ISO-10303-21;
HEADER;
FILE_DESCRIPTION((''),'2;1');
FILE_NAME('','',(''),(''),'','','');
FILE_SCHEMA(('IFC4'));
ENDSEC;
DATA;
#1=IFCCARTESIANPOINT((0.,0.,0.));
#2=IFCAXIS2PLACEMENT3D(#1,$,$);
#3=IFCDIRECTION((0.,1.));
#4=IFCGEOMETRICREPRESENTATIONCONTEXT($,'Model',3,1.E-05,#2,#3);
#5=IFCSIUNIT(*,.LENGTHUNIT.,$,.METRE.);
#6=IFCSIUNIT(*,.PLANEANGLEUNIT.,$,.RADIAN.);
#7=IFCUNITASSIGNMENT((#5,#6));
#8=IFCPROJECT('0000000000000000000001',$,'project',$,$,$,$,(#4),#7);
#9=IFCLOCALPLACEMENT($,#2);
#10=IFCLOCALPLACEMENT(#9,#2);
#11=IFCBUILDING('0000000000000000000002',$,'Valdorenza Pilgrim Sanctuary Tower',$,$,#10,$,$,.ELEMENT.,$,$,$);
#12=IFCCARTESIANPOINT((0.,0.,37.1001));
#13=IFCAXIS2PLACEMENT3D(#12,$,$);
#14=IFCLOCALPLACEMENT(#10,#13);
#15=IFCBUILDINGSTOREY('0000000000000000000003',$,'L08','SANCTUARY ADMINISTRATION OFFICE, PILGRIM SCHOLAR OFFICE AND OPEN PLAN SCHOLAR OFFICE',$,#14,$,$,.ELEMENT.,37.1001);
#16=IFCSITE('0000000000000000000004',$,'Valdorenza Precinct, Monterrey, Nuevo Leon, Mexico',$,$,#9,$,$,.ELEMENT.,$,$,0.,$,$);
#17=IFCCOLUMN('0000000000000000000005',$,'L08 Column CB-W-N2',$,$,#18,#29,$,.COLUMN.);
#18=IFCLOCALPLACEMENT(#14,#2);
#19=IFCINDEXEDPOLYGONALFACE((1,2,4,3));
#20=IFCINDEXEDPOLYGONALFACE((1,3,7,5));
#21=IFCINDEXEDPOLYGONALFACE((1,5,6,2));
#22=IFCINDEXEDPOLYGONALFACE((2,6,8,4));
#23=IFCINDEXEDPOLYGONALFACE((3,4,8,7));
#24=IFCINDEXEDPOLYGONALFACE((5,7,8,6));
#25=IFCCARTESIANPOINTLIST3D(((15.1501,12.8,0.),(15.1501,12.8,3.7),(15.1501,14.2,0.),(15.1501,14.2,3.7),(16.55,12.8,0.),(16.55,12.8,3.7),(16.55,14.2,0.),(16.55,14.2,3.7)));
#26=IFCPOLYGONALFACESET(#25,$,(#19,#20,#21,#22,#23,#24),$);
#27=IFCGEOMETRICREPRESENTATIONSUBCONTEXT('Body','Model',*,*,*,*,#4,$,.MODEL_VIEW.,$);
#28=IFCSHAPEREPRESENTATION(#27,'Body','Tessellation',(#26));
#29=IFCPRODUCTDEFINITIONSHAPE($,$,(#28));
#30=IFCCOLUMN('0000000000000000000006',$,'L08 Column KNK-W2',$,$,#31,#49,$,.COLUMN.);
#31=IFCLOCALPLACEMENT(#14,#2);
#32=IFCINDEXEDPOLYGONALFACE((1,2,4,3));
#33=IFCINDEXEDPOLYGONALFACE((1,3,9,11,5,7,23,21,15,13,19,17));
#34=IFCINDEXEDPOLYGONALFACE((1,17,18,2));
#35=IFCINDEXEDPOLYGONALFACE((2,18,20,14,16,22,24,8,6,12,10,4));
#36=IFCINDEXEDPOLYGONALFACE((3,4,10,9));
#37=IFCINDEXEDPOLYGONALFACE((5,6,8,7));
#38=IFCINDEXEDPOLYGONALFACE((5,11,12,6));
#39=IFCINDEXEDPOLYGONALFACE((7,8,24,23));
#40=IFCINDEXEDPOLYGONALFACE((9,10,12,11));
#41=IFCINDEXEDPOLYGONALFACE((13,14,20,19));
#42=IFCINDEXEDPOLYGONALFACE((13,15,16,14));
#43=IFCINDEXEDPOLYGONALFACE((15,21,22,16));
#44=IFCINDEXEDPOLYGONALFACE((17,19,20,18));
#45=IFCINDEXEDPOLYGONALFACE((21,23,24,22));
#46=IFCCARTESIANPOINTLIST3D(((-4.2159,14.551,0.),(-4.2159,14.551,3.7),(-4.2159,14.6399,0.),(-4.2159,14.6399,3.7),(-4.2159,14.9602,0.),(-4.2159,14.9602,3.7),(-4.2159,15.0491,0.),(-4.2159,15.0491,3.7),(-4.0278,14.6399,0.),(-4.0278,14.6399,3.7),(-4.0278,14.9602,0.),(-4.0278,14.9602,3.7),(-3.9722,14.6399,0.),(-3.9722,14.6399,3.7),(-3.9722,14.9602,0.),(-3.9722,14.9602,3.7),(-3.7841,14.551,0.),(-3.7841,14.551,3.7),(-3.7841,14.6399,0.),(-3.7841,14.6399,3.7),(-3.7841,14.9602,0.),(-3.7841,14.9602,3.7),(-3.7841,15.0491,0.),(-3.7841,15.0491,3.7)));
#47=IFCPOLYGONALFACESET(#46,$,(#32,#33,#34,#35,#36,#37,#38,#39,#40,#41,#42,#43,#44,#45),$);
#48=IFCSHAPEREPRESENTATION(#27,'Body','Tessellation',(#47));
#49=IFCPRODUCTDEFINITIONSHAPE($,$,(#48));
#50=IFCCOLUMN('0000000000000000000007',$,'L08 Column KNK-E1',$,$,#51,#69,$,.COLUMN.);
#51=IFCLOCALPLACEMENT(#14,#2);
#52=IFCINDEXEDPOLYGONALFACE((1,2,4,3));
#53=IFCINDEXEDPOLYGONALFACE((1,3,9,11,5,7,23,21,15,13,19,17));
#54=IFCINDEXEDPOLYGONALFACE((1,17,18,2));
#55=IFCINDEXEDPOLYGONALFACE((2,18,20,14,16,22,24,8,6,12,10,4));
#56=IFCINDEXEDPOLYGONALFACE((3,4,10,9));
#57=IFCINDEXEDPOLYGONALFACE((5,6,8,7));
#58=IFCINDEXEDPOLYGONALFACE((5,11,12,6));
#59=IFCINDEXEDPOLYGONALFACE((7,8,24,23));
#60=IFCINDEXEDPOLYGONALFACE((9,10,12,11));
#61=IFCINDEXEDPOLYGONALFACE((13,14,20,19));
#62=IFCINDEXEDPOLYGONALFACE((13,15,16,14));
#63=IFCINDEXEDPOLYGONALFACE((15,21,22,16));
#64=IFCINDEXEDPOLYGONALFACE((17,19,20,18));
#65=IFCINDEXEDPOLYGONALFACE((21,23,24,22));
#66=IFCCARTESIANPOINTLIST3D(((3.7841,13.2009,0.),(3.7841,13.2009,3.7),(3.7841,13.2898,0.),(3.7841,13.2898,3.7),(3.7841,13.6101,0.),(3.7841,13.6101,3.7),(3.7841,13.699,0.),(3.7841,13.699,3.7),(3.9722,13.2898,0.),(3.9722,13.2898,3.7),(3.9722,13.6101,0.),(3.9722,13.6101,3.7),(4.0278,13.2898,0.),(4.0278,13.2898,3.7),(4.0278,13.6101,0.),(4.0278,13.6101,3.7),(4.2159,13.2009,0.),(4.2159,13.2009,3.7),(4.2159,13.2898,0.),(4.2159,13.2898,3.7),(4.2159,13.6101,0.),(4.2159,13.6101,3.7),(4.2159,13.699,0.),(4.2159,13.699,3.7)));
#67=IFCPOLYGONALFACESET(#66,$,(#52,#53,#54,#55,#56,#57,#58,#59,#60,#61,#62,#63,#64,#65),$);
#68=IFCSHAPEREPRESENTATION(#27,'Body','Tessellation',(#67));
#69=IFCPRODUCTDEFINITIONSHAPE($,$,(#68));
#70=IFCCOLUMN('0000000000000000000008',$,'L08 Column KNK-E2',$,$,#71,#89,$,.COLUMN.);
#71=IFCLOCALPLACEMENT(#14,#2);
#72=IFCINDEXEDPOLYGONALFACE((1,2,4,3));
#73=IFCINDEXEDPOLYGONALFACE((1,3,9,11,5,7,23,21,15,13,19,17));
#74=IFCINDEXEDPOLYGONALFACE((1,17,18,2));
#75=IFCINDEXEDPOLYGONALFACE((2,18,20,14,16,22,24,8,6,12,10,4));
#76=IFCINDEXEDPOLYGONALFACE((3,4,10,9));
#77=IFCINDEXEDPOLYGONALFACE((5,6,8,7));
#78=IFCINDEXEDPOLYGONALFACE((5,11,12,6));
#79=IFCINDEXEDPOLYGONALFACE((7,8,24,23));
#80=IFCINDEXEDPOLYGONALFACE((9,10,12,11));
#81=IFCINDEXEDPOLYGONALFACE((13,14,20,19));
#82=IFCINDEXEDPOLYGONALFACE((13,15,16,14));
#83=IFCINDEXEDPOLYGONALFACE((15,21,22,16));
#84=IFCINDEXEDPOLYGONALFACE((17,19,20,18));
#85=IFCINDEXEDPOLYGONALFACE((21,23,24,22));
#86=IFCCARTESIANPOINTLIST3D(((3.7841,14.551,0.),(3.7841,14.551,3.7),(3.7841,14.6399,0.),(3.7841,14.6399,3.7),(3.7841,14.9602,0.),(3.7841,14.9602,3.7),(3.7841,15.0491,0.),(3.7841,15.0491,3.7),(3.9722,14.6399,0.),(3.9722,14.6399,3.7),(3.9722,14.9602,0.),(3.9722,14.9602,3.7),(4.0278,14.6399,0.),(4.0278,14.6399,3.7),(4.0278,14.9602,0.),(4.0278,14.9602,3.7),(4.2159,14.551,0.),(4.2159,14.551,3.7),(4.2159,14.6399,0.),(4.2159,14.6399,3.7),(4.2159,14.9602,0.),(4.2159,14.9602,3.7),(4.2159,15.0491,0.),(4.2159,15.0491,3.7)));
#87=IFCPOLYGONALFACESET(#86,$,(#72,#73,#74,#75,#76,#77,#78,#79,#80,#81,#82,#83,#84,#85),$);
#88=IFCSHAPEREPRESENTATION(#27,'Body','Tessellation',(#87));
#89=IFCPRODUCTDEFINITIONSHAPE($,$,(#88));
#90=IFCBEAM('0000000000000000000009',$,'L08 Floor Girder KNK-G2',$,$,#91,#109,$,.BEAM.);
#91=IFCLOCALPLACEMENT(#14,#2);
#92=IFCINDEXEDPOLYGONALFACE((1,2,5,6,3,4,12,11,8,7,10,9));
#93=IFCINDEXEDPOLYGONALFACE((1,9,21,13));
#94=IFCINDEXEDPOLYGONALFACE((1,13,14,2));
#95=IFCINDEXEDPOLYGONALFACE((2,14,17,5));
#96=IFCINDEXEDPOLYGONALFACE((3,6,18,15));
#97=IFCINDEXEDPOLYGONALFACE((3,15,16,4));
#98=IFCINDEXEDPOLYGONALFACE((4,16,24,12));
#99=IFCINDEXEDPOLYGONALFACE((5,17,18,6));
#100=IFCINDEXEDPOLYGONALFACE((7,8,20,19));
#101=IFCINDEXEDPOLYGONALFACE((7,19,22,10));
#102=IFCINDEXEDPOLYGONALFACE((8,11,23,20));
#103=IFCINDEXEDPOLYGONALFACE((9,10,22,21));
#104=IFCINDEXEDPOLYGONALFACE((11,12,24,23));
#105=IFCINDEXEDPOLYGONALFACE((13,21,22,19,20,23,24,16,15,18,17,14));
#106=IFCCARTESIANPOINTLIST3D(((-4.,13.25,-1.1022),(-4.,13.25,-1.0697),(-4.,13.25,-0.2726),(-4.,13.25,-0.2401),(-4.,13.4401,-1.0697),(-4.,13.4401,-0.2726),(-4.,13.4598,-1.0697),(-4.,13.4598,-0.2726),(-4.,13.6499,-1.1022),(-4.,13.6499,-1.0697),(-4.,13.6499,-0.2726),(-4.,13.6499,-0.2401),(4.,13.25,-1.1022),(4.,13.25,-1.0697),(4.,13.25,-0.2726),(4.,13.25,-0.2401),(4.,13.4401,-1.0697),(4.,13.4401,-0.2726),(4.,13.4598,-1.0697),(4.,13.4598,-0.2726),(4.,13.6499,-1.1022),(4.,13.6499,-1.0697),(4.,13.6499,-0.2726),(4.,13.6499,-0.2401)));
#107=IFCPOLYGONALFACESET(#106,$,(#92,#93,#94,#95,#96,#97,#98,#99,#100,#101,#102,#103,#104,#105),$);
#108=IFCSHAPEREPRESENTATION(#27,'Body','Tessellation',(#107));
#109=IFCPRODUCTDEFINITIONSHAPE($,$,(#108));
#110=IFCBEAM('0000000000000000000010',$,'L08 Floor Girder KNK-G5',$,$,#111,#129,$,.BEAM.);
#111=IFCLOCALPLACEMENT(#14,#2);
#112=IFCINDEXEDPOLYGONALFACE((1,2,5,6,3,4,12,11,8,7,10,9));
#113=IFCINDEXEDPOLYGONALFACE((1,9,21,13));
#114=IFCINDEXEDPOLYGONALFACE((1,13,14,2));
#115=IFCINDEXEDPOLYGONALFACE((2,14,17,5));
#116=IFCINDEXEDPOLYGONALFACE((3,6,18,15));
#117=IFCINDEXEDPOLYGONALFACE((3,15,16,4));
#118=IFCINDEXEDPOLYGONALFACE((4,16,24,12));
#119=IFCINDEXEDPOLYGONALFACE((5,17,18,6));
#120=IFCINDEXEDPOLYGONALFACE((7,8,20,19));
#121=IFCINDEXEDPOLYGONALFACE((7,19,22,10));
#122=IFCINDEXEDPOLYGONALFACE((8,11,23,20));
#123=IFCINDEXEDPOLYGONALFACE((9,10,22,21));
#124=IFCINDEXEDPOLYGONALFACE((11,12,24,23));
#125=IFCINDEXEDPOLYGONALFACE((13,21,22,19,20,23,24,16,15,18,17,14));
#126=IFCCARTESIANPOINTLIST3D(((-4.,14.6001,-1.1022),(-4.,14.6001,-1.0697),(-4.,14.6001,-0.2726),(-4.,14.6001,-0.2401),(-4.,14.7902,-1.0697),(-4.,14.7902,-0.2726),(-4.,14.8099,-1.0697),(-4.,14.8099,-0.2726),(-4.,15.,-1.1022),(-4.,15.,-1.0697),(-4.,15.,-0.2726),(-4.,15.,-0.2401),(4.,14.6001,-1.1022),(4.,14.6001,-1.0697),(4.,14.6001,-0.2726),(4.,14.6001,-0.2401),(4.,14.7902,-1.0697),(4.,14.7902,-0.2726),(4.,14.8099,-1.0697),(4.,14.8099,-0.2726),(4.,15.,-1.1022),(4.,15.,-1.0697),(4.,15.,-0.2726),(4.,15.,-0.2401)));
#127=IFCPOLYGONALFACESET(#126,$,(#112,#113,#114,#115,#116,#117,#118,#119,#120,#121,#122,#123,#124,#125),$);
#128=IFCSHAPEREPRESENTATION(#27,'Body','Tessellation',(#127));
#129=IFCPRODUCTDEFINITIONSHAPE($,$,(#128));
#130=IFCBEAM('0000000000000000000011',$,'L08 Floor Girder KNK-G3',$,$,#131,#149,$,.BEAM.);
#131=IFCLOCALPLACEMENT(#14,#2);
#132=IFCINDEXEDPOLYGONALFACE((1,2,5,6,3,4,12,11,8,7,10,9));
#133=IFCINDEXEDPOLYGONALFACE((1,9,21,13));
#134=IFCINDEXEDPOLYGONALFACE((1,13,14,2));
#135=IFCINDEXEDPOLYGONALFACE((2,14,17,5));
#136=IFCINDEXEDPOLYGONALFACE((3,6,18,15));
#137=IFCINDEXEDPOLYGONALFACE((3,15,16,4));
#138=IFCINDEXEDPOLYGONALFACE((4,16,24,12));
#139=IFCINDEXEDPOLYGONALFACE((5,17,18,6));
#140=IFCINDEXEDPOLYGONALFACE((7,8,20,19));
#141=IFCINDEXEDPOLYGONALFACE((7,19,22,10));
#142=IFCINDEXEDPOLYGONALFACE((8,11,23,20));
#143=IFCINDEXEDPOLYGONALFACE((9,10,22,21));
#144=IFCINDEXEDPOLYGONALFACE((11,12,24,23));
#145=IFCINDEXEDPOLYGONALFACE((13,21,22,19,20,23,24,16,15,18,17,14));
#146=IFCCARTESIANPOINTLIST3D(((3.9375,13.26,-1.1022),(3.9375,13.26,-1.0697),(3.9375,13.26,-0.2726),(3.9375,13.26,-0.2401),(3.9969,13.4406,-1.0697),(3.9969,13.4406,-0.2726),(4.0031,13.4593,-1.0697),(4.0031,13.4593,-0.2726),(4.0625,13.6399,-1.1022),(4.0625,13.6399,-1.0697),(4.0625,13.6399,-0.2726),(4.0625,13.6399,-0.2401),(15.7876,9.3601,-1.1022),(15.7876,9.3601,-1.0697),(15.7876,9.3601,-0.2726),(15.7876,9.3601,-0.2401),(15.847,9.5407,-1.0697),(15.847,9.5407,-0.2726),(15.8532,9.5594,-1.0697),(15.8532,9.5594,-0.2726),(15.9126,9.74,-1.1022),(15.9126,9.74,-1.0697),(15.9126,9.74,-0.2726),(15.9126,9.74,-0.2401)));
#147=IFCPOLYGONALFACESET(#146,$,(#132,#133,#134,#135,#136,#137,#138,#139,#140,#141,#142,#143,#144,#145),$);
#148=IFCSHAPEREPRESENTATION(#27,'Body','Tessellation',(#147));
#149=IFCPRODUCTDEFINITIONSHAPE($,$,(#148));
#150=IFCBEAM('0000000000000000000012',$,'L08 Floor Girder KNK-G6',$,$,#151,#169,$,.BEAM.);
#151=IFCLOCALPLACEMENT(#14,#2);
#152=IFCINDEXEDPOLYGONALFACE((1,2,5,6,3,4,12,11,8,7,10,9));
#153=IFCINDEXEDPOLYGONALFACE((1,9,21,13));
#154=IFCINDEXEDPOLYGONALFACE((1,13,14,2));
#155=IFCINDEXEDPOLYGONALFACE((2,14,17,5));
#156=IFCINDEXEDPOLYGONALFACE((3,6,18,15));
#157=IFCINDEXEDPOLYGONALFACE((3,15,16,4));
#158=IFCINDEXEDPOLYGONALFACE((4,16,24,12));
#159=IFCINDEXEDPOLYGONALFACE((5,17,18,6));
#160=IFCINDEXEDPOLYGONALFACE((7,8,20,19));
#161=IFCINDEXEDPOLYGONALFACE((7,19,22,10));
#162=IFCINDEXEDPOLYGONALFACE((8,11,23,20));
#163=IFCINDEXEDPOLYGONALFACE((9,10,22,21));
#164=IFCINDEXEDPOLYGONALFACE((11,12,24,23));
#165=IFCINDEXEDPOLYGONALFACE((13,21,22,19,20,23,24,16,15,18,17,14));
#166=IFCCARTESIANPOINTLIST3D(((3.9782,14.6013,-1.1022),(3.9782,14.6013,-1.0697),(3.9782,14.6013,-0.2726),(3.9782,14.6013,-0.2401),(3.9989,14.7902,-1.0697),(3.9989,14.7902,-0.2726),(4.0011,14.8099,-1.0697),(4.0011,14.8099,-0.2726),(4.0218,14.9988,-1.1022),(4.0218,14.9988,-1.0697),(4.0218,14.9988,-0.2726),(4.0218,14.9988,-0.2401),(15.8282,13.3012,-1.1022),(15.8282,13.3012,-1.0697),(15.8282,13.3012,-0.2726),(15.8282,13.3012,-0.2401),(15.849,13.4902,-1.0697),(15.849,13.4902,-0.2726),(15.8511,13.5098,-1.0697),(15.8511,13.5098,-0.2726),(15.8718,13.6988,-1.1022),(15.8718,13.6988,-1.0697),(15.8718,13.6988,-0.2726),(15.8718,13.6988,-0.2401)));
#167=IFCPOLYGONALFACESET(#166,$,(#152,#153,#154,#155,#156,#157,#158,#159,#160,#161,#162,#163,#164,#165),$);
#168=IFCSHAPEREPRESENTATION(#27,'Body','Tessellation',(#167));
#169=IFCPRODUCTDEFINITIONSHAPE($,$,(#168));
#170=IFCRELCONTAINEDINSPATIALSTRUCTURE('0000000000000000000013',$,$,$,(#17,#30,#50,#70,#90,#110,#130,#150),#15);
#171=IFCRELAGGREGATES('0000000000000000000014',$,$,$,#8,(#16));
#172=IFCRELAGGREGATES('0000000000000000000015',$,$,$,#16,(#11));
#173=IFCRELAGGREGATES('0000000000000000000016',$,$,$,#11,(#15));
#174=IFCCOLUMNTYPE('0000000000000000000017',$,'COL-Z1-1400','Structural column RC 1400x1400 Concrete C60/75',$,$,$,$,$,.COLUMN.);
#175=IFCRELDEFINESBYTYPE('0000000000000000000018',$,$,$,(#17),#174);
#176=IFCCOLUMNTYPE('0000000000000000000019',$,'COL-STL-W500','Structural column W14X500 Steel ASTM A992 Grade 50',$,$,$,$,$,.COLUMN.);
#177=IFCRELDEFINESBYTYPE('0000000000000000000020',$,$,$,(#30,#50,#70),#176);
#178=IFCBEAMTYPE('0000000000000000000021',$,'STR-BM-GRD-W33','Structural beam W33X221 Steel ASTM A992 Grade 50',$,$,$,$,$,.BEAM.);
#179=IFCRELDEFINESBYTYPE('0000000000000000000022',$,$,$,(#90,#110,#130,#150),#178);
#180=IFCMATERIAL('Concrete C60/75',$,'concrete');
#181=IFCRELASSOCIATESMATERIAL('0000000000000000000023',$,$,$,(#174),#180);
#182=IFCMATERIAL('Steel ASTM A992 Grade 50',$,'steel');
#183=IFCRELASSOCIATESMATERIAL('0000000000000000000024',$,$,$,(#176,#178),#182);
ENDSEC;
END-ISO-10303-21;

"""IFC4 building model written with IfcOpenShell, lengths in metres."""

from ifc_helpers import new_model, si_unit, direction, frame, origin, origin_2d, place, context, subcontext, project, spatial, rectangle, i_section, extrude, source, transform, mapped, material, material_profile, profile_set, type_object, element, save


model = new_model("IFC4")

# Units and contexts
model_context = context("Model", 3, precision=1e-05, world=origin(), true_north=direction((0.0, 1.0)))
body_context = subcontext(model_context, "Body", "Model", "MODEL_VIEW")
ifc_project = project(units=[si_unit("LENGTHUNIT", "METRE"), si_unit("PLANEANGLEUNIT", "RADIAN")], contexts=[model_context])

# Site, building, storey
site_placement = place(None, origin())
site = spatial("IfcSite", under=ifc_project, at=site_placement, Name="Valdorenza Precinct, Monterrey, Nuevo Leon, Mexico", CompositionType="ELEMENT", RefElevation=0.0)
building_placement = place(site_placement, origin())
building = spatial("IfcBuilding", under=site, at=building_placement, Name="Valdorenza Pilgrim Sanctuary Tower", CompositionType="ELEMENT")
storey_placement = place(building_placement, frame((0.0, 0.0, 37.1001)))
storey = spatial("IfcBuildingStorey", under=building, at=storey_placement, Name="L08", Description="SANCTUARY ADMINISTRATION OFFICE, PILGRIM SCHOLAR OFFICE AND OPEN PLAN SCHOLAR OFFICE", CompositionType="ELEMENT", Elevation=37.1001)

# Columns
ifc_material_1 = material(Name="Concrete C60/75", Category="concrete")
ifc_material_profile_1 = material_profile(ifc_material_1, rectangle(XDim=1.3999, YDim=1.3999, at=origin_2d()), Name="RC 1400x1400")
ifc_profile_set_1 = profile_set([ifc_material_profile_1], Name="Concrete C60/75")
column_type_1 = type_object("IfcColumnType", Name="COL-Z1-1400", Description="Structural column RC 1400x1400 Concrete C60/75", PredefinedType="COLUMN", material=ifc_profile_set_1)
shared_shape_1 = source(origin(), body_context, "Body", "SweptSolid", [
    extrude(rectangle(XDim=1.3999, YDim=1.3999, at=origin_2d()), origin(), (0.0, 0.0, 1.0), 3.7),
])
column_placement = place(storey_placement, frame((15.8501, 13.5, 0.0), z_axis=(0.0, 0.0, 1.0), x_axis=(1.0, 0.0, 0.0)))
element("IfcColumn", 1, at=column_placement, inside=storey, type_object=column_type_1, Name="L08 Column CB-W-N2", PredefinedType="COLUMN", context=body_context, shape_type="MappedRepresentation", body=[
    mapped(shared_shape_1, transform((0.0, 0.0, 0.0), x_axis=(1.0, 0.0, 0.0), y_axis=(0.0, 1.0, 0.0), z_axis=(0.0, 0.0, 1.0), scale=1.0)),
])
ifc_material_2 = material(Name="Steel ASTM A992 Grade 50", Category="steel")
ifc_material_profile_2 = material_profile(ifc_material_2, i_section(OverallWidth=0.4319, OverallDepth=0.498, WebThickness=0.0557, FlangeThickness=0.0889, at=origin_2d()), Name="W14X500")
ifc_profile_set_2 = profile_set([ifc_material_profile_2], Name="Steel ASTM A992 Grade 50")
column_type_2 = type_object("IfcColumnType", Name="COL-STL-W500", Description="Structural column W14X500 Steel ASTM A992 Grade 50", PredefinedType="COLUMN", material=ifc_profile_set_2)
shared_shape_2 = source(origin(), body_context, "Body", "SweptSolid", [
    extrude(i_section(OverallWidth=0.4319, OverallDepth=0.498, WebThickness=0.0557, FlangeThickness=0.0889, at=origin_2d()), origin(), (0.0, 0.0, 1.0), 3.7),
])
for number, where, z_axis, x_axis, name in (
    (2, (-4.0, 14.8, 0.0), (0.0, 0.0, 1.0), (1.0, 0.0, 0.0), "L08 Column KNK-W2"),
    (3, (4.0, 13.45, 0.0), (0.0, 0.0, 1.0), (1.0, 0.0, 0.0), "L08 Column KNK-E1"),
    (4, (4.0, 14.8, 0.0), (0.0, 0.0, 1.0), (1.0, 0.0, 0.0), "L08 Column KNK-E2"),
):
    element("IfcColumn", number, at=place(storey_placement, frame(where, z_axis=z_axis, x_axis=x_axis)), inside=storey, type_object=column_type_2, Name=name, PredefinedType="COLUMN", context=body_context, shape_type="MappedRepresentation", body=[
        mapped(shared_shape_2, transform((0.0, 0.0, 0.0), x_axis=(1.0, 0.0, 0.0), y_axis=(0.0, 1.0, 0.0), z_axis=(0.0, 0.0, 1.0), scale=1.0)),
    ])

# Beams
ifc_material_profile_3 = material_profile(ifc_material_2, i_section(OverallWidth=0.3999, OverallDepth=0.8621, WebThickness=0.0198, FlangeThickness=0.0325, at=origin_2d()), Name="W33X221")
ifc_profile_set_3 = profile_set([ifc_material_profile_3], Name="Steel ASTM A992 Grade 50")
beam_type_1 = type_object("IfcBeamType", Name="STR-BM-GRD-W33", Description="Structural beam W33X221 Steel ASTM A992 Grade 50", PredefinedType="BEAM", material=ifc_profile_set_3)
shared_shape_3 = source(origin(), body_context, "Body", "SweptSolid", [
    extrude(i_section(OverallWidth=0.3999, OverallDepth=0.8621, WebThickness=0.0198, FlangeThickness=0.0325, at=origin_2d()), origin(), (0.0, 0.0, 1.0), 8.0),
])
for number, where, z_axis, x_axis, name in (
    (5, (-4.0, 13.45, -0.6711), (1.0, 0.0, 0.0), (0.0, 1.0, 0.0), "L08 Floor Girder KNK-G2"),
    (6, (-4.0, 14.8, -0.6711), (1.0, 0.0, 0.0), (0.0, 1.0, 0.0), "L08 Floor Girder KNK-G5"),
):
    element("IfcBeam", number, at=place(storey_placement, frame(where, z_axis=z_axis, x_axis=x_axis)), inside=storey, type_object=beam_type_1, Name=name, PredefinedType="BEAM", context=body_context, shape_type="MappedRepresentation", body=[
        mapped(shared_shape_3, transform((0.0, 0.0, 0.0), x_axis=(1.0, 0.0, 0.0), y_axis=(0.0, 1.0, 0.0), z_axis=(0.0, 0.0, 1.0), scale=1.0)),
    ])
shared_shape_4 = source(origin(), body_context, "Body", "SweptSolid", [
    extrude(i_section(OverallWidth=0.3999, OverallDepth=0.8621, WebThickness=0.0198, FlangeThickness=0.0325, at=origin_2d()), origin(), (0.0, 0.0, 1.0), 12.4753),
])
beam_1_placement = place(storey_placement, frame((4.0, 13.45, -0.6711), z_axis=(0.949882, -0.312609, 0.0), x_axis=(0.312609, 0.949882, 0.0)))
element("IfcBeam", 7, at=beam_1_placement, inside=storey, type_object=beam_type_1, Name="L08 Floor Girder KNK-G3", PredefinedType="BEAM", context=body_context, shape_type="MappedRepresentation", body=[
    mapped(shared_shape_4, transform((0.0, 0.0, 0.0), x_axis=(1.0, 0.0, 0.0), y_axis=(0.0, 1.0, 0.0), z_axis=(0.0, 0.0, 1.0), scale=1.0)),
])
shared_shape_5 = source(origin(), body_context, "Body", "SweptSolid", [
    extrude(i_section(OverallWidth=0.3999, OverallDepth=0.8621, WebThickness=0.0198, FlangeThickness=0.0325, at=origin_2d()), origin(), (0.0, 0.0, 1.0), 11.9211),
])
beam_2_placement = place(storey_placement, frame((4.0, 14.8, -0.6711), z_axis=(0.994036, -0.109054, 0.0), x_axis=(0.109054, 0.994036, 0.0)))
element("IfcBeam", 8, at=beam_2_placement, inside=storey, type_object=beam_type_1, Name="L08 Floor Girder KNK-G6", PredefinedType="BEAM", context=body_context, shape_type="MappedRepresentation", body=[
    mapped(shared_shape_5, transform((0.0, 0.0, 0.0), x_axis=(1.0, 0.0, 0.0), y_axis=(0.0, 1.0, 0.0), z_axis=(0.0, 0.0, 1.0), scale=1.0)),
])

save(model, "model.ifc")
